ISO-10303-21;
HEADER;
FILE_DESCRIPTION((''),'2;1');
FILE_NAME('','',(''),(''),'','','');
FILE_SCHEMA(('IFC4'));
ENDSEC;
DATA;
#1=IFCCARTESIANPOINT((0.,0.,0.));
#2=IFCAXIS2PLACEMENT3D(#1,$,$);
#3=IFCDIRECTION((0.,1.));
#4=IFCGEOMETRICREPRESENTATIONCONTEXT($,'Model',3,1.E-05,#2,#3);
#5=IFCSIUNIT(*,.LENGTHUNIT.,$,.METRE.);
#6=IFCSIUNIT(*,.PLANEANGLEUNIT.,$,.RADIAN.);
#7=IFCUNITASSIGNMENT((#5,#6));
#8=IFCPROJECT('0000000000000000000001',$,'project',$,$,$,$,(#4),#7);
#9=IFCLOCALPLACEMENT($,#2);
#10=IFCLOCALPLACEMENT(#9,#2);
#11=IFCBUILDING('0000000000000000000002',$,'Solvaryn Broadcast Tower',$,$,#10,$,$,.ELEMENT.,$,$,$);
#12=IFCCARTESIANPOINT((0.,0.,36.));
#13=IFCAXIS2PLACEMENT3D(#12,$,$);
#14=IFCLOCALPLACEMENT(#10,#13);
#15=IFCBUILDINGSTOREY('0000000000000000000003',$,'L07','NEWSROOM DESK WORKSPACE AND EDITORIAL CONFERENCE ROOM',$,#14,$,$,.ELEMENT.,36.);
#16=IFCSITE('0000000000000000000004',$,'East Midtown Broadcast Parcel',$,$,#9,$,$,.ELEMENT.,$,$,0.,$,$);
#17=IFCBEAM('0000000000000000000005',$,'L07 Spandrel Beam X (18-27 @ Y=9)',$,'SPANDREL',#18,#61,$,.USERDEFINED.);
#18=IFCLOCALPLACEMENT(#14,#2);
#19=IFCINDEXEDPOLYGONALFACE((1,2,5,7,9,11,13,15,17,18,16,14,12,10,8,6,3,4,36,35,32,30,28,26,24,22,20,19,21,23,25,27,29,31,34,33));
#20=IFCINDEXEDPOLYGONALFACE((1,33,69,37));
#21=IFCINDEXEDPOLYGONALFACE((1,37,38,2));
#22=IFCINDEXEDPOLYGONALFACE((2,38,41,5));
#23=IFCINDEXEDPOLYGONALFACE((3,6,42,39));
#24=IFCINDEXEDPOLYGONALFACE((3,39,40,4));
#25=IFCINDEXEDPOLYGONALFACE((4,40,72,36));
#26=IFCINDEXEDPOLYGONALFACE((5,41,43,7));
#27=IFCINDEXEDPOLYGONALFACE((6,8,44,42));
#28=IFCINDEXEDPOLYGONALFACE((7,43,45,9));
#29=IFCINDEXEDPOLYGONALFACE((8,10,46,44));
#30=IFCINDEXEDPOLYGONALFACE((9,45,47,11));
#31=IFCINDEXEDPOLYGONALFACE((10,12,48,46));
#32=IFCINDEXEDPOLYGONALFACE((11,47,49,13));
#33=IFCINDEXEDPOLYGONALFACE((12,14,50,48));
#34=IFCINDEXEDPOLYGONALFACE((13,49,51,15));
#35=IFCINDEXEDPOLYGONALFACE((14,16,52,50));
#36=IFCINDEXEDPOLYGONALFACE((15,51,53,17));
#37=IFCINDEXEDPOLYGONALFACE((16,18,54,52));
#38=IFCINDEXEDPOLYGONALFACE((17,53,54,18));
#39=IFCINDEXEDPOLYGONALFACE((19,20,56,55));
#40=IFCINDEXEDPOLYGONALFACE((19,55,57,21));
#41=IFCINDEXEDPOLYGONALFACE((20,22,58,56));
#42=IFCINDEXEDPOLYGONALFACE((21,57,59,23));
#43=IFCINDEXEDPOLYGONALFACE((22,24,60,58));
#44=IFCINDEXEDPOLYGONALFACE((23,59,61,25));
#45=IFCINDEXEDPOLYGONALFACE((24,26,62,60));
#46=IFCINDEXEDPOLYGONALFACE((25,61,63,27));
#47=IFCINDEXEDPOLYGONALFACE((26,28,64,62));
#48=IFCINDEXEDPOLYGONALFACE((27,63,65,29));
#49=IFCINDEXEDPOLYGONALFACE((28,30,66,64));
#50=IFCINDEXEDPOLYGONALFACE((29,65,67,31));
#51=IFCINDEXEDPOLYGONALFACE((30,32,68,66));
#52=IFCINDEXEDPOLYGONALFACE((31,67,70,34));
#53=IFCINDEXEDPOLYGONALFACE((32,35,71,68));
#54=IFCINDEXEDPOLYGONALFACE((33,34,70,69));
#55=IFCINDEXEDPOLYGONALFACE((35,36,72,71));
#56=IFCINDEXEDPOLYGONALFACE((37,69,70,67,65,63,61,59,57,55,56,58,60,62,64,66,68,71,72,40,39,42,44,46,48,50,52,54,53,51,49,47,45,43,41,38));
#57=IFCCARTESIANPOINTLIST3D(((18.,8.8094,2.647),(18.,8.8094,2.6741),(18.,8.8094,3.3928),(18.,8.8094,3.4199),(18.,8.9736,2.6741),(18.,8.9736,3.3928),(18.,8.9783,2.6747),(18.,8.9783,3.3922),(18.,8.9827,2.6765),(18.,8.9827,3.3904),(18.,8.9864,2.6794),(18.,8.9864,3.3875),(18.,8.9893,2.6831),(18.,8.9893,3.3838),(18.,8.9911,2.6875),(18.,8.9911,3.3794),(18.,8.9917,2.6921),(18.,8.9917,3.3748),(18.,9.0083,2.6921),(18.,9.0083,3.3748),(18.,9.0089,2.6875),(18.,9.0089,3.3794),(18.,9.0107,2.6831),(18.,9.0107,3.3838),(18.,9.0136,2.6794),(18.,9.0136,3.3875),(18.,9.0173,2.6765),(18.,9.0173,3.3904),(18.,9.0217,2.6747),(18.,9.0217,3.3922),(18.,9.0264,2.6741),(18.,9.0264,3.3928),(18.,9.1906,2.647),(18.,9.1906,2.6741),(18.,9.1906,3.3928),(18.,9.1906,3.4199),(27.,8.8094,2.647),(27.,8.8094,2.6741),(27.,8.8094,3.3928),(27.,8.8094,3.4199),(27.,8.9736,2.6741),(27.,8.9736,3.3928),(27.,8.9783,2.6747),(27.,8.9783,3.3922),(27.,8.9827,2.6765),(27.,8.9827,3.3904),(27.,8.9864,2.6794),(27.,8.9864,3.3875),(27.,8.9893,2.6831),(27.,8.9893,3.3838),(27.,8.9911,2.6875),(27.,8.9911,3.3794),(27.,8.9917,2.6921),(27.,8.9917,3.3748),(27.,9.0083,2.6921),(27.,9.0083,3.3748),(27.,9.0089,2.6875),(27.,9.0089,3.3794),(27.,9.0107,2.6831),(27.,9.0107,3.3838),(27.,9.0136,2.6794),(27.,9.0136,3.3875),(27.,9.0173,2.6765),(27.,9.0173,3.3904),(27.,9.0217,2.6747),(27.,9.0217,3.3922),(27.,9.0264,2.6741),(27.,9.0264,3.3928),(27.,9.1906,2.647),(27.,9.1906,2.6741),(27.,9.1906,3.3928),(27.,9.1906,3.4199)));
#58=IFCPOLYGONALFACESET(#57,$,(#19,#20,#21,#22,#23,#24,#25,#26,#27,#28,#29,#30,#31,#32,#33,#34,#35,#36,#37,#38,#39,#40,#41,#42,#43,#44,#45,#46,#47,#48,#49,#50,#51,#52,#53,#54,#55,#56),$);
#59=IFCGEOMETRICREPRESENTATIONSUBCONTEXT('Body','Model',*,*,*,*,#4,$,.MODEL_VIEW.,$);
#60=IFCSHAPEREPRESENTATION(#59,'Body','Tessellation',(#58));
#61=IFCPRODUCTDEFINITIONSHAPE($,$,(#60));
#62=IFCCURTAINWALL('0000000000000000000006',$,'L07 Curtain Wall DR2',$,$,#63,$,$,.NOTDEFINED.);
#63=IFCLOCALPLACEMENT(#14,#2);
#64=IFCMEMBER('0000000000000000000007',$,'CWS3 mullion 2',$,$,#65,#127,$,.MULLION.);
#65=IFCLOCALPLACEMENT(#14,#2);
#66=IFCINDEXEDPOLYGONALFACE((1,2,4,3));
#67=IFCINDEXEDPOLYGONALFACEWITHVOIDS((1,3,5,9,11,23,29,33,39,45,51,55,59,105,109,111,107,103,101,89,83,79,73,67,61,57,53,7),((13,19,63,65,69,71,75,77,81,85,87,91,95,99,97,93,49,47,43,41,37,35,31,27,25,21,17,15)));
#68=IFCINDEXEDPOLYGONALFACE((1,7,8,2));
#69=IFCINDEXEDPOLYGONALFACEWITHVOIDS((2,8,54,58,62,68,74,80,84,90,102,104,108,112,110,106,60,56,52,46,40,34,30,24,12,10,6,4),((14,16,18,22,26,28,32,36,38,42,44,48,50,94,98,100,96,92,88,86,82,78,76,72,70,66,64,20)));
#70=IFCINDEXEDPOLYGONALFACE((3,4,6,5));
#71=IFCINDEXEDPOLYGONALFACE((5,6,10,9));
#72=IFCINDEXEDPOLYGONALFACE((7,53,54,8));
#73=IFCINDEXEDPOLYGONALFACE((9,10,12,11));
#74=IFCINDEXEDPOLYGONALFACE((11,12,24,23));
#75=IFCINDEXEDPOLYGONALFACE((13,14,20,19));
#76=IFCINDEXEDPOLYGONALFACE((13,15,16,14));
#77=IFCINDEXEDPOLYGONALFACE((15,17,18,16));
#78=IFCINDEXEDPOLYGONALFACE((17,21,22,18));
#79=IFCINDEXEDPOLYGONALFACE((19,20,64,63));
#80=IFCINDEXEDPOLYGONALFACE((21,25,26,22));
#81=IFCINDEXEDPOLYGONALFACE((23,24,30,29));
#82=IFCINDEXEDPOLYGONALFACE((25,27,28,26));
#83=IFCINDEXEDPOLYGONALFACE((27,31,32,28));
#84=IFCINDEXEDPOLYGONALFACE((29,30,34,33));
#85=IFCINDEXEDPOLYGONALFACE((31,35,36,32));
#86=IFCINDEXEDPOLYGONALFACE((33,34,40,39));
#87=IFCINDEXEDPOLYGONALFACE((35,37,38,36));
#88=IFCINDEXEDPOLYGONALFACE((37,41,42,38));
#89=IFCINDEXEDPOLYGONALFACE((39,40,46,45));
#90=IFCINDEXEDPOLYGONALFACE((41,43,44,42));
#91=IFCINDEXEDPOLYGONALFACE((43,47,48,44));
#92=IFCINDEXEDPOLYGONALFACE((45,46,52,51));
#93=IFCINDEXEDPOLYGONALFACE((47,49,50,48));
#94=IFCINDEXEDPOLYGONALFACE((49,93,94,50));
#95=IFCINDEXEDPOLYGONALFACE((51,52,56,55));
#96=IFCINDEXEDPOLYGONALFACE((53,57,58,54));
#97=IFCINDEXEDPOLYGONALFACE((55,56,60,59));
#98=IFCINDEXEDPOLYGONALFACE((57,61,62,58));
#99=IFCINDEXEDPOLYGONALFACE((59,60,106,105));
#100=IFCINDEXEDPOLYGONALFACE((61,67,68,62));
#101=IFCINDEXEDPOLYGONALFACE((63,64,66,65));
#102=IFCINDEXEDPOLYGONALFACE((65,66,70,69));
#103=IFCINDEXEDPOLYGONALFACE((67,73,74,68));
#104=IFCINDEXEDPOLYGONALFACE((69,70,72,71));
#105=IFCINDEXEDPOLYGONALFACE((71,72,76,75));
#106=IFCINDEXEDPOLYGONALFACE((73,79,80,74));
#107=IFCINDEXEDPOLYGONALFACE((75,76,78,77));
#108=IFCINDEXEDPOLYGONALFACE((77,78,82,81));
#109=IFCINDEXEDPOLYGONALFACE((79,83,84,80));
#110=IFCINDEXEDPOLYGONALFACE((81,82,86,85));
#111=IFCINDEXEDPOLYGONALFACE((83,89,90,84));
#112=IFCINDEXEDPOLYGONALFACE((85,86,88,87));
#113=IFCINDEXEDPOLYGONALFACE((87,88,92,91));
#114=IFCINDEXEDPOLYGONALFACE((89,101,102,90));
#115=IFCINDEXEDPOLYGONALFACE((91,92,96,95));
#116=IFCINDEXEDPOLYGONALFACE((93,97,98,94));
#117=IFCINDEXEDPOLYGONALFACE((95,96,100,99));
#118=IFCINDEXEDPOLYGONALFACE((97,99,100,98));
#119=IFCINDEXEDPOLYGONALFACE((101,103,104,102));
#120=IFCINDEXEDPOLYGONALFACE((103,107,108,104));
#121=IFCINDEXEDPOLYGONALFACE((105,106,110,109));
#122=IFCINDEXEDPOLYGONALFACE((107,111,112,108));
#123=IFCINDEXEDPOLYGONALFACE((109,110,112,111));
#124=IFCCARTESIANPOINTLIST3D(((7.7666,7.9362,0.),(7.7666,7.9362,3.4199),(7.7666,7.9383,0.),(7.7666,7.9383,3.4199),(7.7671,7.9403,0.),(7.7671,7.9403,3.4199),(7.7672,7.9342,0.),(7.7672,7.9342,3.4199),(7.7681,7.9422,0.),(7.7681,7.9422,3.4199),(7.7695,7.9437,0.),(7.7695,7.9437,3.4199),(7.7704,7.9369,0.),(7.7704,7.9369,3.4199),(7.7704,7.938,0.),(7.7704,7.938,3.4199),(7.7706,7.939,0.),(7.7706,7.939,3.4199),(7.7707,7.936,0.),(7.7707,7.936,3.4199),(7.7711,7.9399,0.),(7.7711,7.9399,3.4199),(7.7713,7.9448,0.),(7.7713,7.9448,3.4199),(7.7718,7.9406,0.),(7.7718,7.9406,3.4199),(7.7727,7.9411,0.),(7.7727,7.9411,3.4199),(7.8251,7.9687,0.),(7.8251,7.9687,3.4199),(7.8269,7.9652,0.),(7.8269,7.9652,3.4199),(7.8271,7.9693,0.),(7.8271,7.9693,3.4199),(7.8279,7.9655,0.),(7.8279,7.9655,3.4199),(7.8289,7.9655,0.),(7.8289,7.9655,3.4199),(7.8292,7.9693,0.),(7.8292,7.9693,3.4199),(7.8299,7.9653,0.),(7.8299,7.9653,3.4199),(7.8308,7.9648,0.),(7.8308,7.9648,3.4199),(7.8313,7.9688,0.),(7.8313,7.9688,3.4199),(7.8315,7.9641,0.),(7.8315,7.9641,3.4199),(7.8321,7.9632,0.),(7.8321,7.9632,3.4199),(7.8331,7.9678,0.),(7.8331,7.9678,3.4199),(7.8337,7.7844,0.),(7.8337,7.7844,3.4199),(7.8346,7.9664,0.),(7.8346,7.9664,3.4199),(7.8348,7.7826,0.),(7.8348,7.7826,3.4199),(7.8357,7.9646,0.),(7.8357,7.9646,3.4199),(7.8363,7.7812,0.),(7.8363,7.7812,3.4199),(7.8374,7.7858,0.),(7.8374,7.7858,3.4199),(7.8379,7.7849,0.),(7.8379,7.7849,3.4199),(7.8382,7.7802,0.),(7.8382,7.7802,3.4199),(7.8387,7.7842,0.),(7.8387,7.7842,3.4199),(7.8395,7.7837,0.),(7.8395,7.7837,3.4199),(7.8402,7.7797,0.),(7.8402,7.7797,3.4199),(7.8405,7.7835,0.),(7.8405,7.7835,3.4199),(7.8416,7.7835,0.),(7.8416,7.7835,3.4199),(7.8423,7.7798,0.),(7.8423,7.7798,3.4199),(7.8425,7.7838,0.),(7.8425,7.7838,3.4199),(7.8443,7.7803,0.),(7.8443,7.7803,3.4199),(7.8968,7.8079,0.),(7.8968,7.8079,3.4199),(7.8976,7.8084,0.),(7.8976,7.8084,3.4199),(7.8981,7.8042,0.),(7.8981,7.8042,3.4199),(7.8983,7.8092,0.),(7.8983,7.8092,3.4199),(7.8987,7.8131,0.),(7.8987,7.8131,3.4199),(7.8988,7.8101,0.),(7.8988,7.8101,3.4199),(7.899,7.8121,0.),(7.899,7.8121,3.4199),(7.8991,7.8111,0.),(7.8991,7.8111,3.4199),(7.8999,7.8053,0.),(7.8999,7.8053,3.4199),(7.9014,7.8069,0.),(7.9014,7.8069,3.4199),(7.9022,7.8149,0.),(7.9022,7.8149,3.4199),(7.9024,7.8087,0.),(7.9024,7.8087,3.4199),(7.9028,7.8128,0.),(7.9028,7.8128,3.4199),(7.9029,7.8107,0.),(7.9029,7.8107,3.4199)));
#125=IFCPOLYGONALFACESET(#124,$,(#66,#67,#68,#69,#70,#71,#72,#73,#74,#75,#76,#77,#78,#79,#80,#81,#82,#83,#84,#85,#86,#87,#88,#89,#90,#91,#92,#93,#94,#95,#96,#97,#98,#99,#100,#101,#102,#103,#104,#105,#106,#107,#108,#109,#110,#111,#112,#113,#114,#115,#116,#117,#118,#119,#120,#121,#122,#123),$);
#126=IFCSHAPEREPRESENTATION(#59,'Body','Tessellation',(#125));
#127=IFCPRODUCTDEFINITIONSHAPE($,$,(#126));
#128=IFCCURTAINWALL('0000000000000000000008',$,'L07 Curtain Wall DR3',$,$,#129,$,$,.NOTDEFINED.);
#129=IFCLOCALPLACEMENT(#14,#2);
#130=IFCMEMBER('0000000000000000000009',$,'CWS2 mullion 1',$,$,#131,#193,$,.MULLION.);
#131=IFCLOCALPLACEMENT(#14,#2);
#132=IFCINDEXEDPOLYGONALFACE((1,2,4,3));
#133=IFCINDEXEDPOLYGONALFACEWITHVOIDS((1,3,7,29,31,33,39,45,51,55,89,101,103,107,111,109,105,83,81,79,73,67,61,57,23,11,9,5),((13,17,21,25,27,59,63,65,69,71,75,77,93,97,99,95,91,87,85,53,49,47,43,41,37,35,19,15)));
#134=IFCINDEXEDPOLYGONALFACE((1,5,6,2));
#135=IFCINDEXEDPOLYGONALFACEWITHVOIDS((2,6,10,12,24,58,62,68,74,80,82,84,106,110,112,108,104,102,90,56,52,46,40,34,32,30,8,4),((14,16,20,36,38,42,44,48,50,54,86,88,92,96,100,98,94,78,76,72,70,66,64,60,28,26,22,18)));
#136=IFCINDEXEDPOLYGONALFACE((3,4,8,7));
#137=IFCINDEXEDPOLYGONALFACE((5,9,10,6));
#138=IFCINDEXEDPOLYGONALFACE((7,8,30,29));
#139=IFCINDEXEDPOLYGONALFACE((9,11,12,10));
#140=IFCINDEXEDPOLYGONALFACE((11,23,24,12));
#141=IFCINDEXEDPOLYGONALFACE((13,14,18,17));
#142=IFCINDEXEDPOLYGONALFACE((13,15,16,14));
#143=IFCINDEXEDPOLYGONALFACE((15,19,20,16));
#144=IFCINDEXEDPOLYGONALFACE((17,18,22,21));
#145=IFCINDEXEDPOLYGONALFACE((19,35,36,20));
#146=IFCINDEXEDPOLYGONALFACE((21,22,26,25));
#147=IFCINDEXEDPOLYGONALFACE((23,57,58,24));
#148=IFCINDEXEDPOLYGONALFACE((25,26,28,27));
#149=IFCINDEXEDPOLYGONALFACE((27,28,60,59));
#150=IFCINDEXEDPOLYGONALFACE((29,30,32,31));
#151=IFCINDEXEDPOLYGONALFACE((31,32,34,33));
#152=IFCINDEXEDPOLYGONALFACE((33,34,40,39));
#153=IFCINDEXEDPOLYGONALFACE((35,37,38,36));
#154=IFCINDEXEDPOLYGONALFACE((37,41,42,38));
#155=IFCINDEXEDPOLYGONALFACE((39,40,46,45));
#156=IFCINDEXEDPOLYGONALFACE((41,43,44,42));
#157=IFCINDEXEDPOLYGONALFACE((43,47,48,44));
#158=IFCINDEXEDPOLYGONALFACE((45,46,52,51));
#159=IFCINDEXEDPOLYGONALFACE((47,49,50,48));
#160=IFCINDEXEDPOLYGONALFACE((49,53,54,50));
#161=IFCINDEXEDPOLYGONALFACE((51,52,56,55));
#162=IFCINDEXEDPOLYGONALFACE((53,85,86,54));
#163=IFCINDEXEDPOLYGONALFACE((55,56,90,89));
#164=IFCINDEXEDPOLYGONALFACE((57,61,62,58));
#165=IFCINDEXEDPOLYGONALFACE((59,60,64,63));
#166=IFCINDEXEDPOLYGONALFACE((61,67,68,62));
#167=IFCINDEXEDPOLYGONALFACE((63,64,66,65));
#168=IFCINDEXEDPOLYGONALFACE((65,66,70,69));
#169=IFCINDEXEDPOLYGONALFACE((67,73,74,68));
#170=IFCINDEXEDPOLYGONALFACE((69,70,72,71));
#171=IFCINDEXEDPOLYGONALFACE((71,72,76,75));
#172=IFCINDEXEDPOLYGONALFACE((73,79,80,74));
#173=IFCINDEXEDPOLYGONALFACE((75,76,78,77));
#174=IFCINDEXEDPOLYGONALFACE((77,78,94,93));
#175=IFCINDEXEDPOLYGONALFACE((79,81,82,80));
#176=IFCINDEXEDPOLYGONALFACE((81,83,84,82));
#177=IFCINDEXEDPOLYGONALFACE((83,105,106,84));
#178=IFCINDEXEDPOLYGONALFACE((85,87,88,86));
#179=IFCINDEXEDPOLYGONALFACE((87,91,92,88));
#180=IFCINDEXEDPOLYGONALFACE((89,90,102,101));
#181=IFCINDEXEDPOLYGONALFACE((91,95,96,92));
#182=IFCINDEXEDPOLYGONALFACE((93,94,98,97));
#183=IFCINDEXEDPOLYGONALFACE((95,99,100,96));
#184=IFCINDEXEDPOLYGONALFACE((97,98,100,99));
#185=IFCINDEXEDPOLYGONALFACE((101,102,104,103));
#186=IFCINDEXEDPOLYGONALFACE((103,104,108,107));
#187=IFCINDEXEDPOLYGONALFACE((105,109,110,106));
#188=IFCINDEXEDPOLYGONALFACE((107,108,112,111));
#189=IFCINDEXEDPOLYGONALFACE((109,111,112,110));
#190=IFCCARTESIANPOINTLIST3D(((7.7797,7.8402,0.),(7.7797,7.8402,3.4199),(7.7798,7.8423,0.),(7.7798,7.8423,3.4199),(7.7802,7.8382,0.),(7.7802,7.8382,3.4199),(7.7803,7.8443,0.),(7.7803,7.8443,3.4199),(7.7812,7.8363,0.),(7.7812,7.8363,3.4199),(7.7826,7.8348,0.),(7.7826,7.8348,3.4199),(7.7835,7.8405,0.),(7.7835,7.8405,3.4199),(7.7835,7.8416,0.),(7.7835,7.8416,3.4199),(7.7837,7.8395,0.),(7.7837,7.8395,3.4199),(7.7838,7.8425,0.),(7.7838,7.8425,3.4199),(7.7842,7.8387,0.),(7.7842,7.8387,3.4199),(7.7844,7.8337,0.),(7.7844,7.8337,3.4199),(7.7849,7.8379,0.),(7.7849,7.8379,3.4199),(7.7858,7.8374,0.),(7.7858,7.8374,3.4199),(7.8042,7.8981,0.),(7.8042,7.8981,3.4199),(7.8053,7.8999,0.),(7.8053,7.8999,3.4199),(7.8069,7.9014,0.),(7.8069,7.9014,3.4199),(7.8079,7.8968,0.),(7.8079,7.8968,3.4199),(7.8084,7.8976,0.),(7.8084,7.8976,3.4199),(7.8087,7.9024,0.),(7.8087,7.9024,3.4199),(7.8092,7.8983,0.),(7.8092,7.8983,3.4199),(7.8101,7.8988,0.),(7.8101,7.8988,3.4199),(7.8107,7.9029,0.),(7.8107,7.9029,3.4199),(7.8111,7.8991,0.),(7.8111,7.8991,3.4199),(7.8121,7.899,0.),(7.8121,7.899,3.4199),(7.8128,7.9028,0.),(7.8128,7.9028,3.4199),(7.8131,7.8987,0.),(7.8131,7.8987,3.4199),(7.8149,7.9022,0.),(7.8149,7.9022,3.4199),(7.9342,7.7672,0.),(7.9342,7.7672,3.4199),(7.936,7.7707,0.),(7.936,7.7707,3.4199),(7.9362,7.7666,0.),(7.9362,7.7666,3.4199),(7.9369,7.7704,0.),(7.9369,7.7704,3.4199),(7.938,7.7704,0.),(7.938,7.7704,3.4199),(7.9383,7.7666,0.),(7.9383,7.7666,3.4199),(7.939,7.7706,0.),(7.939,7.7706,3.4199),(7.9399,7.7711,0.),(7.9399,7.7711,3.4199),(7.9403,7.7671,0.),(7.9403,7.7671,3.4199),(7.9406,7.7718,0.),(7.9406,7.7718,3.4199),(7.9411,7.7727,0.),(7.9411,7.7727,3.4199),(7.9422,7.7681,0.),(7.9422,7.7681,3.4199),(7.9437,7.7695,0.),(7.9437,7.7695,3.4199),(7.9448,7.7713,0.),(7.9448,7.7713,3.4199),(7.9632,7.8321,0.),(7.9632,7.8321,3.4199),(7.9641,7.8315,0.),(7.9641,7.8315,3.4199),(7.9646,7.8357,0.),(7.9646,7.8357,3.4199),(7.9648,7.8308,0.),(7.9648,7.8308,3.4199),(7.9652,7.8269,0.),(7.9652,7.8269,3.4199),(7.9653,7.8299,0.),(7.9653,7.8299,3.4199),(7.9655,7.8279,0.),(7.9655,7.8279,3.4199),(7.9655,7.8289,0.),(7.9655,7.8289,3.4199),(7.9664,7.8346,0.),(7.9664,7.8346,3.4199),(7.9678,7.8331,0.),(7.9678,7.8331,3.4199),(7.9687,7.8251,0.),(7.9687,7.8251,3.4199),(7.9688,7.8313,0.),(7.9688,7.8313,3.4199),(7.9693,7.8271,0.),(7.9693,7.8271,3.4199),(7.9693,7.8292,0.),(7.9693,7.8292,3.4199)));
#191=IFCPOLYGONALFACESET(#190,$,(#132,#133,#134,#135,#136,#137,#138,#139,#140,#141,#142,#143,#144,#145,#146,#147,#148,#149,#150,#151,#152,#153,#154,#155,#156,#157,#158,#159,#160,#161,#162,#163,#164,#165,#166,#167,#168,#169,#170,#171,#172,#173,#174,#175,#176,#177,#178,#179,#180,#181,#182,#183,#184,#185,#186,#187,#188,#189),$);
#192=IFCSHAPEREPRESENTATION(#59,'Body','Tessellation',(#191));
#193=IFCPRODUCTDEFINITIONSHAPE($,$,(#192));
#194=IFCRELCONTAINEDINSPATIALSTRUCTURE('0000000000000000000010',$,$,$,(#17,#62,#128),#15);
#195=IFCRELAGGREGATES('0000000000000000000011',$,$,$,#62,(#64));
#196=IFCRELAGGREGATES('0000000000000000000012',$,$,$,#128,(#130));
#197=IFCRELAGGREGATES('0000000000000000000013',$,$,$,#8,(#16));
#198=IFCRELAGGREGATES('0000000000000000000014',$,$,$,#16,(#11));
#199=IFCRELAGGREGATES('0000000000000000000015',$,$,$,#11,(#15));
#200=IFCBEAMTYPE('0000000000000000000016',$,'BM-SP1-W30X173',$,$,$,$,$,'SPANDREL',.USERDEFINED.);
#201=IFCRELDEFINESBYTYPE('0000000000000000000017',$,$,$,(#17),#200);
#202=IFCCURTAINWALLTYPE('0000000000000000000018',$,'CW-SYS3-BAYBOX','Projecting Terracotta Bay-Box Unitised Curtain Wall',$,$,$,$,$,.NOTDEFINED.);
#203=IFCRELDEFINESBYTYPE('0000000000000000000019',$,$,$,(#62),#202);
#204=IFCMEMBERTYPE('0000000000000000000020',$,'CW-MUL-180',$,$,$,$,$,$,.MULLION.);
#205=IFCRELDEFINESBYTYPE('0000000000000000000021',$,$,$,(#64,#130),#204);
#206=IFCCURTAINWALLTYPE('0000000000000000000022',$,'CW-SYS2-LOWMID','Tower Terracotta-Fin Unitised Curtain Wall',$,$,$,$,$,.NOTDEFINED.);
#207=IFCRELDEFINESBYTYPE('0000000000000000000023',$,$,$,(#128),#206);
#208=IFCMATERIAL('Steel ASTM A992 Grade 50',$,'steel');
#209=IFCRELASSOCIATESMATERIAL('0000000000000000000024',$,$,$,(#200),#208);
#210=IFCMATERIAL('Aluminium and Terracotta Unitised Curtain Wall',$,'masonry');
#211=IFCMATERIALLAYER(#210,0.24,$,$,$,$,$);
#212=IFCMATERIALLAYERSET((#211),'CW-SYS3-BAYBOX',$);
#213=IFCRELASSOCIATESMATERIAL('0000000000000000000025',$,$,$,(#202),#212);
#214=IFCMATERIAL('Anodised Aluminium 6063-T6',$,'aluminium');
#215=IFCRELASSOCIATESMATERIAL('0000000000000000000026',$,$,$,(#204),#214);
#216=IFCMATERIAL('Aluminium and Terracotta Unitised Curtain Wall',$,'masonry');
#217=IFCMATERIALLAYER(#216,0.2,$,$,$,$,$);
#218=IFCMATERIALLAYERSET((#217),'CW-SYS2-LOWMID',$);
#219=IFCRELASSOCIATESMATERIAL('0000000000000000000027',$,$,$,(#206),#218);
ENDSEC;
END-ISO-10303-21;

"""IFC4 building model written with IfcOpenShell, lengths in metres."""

from ifc_helpers import new_model, si_unit, direction, frame, origin, origin_2d, place, context, subcontext, project, spatial, hollow_rectangle, i_section, extrude, material, layer, layer_set, material_profile, profile_set, type_object, element, aggregate, save


model = new_model("IFC4")

# Units and contexts
model_context = context("Model", 3, precision=1e-05, world=origin(), true_north=direction((0.0, 1.0)))
body_context = subcontext(model_context, "Body", "Model", "MODEL_VIEW")
ifc_project = project(units=[si_unit("LENGTHUNIT", "METRE"), si_unit("PLANEANGLEUNIT", "RADIAN")], contexts=[model_context])

# Site, building, storey
site_placement = place(None, origin())
site = spatial("IfcSite", under=ifc_project, at=site_placement, Name="East Midtown Broadcast Parcel", CompositionType="ELEMENT", RefElevation=0.0)
building_placement = place(site_placement, origin())
building = spatial("IfcBuilding", under=site, at=building_placement, Name="Solvaryn Broadcast Tower", CompositionType="ELEMENT")
storey_placement = place(building_placement, frame((0.0, 0.0, 36.0)))
storey = spatial("IfcBuildingStorey", under=building, at=storey_placement, Name="L07", Description="NEWSROOM DESK WORKSPACE AND EDITORIAL CONFERENCE ROOM", CompositionType="ELEMENT", Elevation=36.0)

# Beam
ifc_material_1 = material(Name="Steel ASTM A992 Grade 50", Category="steel")
ifc_material_profile_1 = material_profile(ifc_material_1, i_section(OverallWidth=0.3811, OverallDepth=0.7729, WebThickness=0.0166, FlangeThickness=0.0271, FilletRadius=0.0181, at=origin_2d()))
ifc_profile_set_1 = profile_set([ifc_material_profile_1], Name="Steel ASTM A992 Grade 50")
beam_type_1 = type_object("IfcBeamType", Name="BM-SP1-W30X173", ElementType="SPANDREL", PredefinedType="USERDEFINED", material=ifc_profile_set_1)
beam_1_placement = place(storey_placement, frame((18.0, 9.0, 3.0334), z_axis=(1.0, 0.0, 0.0), x_axis=(0.0, 1.0, 0.0)))
element("IfcBeam", 1, at=beam_1_placement, inside=storey, type_object=beam_type_1, Name="L07 Spandrel Beam X (18-27 @ Y=9)", ObjectType="SPANDREL", PredefinedType="USERDEFINED", context=body_context, shape_type="SweptSolid", body=[
    extrude(i_section(OverallWidth=0.3811, OverallDepth=0.7729, WebThickness=0.0166, FlangeThickness=0.0271, FilletRadius=0.0181, at=origin_2d()), origin(), (0.0, 0.0, 1.0), 9.0),
])

# Curtain wall, member
ifc_material_2 = material(Name="Aluminium and Terracotta Unitised Curtain Wall", Category="masonry")
ifc_layer_1 = layer(ifc_material_2, 0.24)
ifc_layer_set_1 = layer_set([ifc_layer_1], Name="CW-SYS3-BAYBOX")
curtain_wall_type_1 = type_object("IfcCurtainWallType", Name="CW-SYS3-BAYBOX", Description="Projecting Terracotta Bay-Box Unitised Curtain Wall", PredefinedType="NOTDEFINED", material=ifc_layer_set_1)
curtain_wall_1_placement = place(storey_placement, origin())
curtain_wall_1 = element("IfcCurtainWall", 2, at=curtain_wall_1_placement, inside=storey, type_object=curtain_wall_type_1, Name="L07 Curtain Wall DR2", PredefinedType="NOTDEFINED")
ifc_material_3 = material(Name="Anodised Aluminium 6063-T6", Category="aluminium")
ifc_material_profile_2 = material_profile(ifc_material_3, hollow_rectangle(XDim=0.075, YDim=0.1799, WallThickness=0.0039, InnerFilletRadius=0.0039, OuterFilletRadius=0.0081, at=origin_2d()))
ifc_profile_set_2 = profile_set([ifc_material_profile_2], Name="Anodised Aluminium 6063-T6")
member_type_1 = type_object("IfcMemberType", Name="CW-MUL-180", PredefinedType="MULLION", material=ifc_profile_set_2)
member_1_placement = place(storey_placement, frame((7.8347, 7.8745, 0.0), z_axis=(0.0, 0.0, 1.0), x_axis=(0.913918, 0.405898, 0.0)))
member_1 = element("IfcMember", 3, at=member_1_placement, type_object=member_type_1, Name="CWS3 mullion 2", PredefinedType="MULLION", context=body_context, shape_type="SweptSolid", body=[
    extrude(hollow_rectangle(XDim=0.075, YDim=0.1799, WallThickness=0.0039, InnerFilletRadius=0.0039, OuterFilletRadius=0.0081, at=origin_2d()), origin(), (0.0, 0.0, 1.0), 3.4199),
])
aggregate(curtain_wall_1, [member_1])

# Curtain wall, member
ifc_material_4 = material(Name="Aluminium and Terracotta Unitised Curtain Wall", Category="masonry")
ifc_layer_2 = layer(ifc_material_4, 0.2)
ifc_layer_set_2 = layer_set([ifc_layer_2], Name="CW-SYS2-LOWMID")
curtain_wall_type_2 = type_object("IfcCurtainWallType", Name="CW-SYS2-LOWMID", Description="Tower Terracotta-Fin Unitised Curtain Wall", PredefinedType="NOTDEFINED", material=ifc_layer_set_2)
curtain_wall_2_placement = place(storey_placement, origin())
curtain_wall_2 = element("IfcCurtainWall", 4, at=curtain_wall_2_placement, inside=storey, type_object=curtain_wall_type_2, Name="L07 Curtain Wall DR3", PredefinedType="NOTDEFINED")
member_2_placement = place(storey_placement, frame((7.8745, 7.8347, 0.0), z_axis=(0.0, 0.0, 1.0), x_axis=(0.405898, 0.913918, 0.0)))
member_2 = element("IfcMember", 5, at=member_2_placement, type_object=member_type_1, Name="CWS2 mullion 1", PredefinedType="MULLION", context=body_context, shape_type="SweptSolid", body=[
    extrude(hollow_rectangle(XDim=0.075, YDim=0.1799, WallThickness=0.0039, InnerFilletRadius=0.0039, OuterFilletRadius=0.0081, at=origin_2d()), origin(), (0.0, 0.0, 1.0), 3.4199),
])
aggregate(curtain_wall_2, [member_2])

save(model, "model.ifc")
